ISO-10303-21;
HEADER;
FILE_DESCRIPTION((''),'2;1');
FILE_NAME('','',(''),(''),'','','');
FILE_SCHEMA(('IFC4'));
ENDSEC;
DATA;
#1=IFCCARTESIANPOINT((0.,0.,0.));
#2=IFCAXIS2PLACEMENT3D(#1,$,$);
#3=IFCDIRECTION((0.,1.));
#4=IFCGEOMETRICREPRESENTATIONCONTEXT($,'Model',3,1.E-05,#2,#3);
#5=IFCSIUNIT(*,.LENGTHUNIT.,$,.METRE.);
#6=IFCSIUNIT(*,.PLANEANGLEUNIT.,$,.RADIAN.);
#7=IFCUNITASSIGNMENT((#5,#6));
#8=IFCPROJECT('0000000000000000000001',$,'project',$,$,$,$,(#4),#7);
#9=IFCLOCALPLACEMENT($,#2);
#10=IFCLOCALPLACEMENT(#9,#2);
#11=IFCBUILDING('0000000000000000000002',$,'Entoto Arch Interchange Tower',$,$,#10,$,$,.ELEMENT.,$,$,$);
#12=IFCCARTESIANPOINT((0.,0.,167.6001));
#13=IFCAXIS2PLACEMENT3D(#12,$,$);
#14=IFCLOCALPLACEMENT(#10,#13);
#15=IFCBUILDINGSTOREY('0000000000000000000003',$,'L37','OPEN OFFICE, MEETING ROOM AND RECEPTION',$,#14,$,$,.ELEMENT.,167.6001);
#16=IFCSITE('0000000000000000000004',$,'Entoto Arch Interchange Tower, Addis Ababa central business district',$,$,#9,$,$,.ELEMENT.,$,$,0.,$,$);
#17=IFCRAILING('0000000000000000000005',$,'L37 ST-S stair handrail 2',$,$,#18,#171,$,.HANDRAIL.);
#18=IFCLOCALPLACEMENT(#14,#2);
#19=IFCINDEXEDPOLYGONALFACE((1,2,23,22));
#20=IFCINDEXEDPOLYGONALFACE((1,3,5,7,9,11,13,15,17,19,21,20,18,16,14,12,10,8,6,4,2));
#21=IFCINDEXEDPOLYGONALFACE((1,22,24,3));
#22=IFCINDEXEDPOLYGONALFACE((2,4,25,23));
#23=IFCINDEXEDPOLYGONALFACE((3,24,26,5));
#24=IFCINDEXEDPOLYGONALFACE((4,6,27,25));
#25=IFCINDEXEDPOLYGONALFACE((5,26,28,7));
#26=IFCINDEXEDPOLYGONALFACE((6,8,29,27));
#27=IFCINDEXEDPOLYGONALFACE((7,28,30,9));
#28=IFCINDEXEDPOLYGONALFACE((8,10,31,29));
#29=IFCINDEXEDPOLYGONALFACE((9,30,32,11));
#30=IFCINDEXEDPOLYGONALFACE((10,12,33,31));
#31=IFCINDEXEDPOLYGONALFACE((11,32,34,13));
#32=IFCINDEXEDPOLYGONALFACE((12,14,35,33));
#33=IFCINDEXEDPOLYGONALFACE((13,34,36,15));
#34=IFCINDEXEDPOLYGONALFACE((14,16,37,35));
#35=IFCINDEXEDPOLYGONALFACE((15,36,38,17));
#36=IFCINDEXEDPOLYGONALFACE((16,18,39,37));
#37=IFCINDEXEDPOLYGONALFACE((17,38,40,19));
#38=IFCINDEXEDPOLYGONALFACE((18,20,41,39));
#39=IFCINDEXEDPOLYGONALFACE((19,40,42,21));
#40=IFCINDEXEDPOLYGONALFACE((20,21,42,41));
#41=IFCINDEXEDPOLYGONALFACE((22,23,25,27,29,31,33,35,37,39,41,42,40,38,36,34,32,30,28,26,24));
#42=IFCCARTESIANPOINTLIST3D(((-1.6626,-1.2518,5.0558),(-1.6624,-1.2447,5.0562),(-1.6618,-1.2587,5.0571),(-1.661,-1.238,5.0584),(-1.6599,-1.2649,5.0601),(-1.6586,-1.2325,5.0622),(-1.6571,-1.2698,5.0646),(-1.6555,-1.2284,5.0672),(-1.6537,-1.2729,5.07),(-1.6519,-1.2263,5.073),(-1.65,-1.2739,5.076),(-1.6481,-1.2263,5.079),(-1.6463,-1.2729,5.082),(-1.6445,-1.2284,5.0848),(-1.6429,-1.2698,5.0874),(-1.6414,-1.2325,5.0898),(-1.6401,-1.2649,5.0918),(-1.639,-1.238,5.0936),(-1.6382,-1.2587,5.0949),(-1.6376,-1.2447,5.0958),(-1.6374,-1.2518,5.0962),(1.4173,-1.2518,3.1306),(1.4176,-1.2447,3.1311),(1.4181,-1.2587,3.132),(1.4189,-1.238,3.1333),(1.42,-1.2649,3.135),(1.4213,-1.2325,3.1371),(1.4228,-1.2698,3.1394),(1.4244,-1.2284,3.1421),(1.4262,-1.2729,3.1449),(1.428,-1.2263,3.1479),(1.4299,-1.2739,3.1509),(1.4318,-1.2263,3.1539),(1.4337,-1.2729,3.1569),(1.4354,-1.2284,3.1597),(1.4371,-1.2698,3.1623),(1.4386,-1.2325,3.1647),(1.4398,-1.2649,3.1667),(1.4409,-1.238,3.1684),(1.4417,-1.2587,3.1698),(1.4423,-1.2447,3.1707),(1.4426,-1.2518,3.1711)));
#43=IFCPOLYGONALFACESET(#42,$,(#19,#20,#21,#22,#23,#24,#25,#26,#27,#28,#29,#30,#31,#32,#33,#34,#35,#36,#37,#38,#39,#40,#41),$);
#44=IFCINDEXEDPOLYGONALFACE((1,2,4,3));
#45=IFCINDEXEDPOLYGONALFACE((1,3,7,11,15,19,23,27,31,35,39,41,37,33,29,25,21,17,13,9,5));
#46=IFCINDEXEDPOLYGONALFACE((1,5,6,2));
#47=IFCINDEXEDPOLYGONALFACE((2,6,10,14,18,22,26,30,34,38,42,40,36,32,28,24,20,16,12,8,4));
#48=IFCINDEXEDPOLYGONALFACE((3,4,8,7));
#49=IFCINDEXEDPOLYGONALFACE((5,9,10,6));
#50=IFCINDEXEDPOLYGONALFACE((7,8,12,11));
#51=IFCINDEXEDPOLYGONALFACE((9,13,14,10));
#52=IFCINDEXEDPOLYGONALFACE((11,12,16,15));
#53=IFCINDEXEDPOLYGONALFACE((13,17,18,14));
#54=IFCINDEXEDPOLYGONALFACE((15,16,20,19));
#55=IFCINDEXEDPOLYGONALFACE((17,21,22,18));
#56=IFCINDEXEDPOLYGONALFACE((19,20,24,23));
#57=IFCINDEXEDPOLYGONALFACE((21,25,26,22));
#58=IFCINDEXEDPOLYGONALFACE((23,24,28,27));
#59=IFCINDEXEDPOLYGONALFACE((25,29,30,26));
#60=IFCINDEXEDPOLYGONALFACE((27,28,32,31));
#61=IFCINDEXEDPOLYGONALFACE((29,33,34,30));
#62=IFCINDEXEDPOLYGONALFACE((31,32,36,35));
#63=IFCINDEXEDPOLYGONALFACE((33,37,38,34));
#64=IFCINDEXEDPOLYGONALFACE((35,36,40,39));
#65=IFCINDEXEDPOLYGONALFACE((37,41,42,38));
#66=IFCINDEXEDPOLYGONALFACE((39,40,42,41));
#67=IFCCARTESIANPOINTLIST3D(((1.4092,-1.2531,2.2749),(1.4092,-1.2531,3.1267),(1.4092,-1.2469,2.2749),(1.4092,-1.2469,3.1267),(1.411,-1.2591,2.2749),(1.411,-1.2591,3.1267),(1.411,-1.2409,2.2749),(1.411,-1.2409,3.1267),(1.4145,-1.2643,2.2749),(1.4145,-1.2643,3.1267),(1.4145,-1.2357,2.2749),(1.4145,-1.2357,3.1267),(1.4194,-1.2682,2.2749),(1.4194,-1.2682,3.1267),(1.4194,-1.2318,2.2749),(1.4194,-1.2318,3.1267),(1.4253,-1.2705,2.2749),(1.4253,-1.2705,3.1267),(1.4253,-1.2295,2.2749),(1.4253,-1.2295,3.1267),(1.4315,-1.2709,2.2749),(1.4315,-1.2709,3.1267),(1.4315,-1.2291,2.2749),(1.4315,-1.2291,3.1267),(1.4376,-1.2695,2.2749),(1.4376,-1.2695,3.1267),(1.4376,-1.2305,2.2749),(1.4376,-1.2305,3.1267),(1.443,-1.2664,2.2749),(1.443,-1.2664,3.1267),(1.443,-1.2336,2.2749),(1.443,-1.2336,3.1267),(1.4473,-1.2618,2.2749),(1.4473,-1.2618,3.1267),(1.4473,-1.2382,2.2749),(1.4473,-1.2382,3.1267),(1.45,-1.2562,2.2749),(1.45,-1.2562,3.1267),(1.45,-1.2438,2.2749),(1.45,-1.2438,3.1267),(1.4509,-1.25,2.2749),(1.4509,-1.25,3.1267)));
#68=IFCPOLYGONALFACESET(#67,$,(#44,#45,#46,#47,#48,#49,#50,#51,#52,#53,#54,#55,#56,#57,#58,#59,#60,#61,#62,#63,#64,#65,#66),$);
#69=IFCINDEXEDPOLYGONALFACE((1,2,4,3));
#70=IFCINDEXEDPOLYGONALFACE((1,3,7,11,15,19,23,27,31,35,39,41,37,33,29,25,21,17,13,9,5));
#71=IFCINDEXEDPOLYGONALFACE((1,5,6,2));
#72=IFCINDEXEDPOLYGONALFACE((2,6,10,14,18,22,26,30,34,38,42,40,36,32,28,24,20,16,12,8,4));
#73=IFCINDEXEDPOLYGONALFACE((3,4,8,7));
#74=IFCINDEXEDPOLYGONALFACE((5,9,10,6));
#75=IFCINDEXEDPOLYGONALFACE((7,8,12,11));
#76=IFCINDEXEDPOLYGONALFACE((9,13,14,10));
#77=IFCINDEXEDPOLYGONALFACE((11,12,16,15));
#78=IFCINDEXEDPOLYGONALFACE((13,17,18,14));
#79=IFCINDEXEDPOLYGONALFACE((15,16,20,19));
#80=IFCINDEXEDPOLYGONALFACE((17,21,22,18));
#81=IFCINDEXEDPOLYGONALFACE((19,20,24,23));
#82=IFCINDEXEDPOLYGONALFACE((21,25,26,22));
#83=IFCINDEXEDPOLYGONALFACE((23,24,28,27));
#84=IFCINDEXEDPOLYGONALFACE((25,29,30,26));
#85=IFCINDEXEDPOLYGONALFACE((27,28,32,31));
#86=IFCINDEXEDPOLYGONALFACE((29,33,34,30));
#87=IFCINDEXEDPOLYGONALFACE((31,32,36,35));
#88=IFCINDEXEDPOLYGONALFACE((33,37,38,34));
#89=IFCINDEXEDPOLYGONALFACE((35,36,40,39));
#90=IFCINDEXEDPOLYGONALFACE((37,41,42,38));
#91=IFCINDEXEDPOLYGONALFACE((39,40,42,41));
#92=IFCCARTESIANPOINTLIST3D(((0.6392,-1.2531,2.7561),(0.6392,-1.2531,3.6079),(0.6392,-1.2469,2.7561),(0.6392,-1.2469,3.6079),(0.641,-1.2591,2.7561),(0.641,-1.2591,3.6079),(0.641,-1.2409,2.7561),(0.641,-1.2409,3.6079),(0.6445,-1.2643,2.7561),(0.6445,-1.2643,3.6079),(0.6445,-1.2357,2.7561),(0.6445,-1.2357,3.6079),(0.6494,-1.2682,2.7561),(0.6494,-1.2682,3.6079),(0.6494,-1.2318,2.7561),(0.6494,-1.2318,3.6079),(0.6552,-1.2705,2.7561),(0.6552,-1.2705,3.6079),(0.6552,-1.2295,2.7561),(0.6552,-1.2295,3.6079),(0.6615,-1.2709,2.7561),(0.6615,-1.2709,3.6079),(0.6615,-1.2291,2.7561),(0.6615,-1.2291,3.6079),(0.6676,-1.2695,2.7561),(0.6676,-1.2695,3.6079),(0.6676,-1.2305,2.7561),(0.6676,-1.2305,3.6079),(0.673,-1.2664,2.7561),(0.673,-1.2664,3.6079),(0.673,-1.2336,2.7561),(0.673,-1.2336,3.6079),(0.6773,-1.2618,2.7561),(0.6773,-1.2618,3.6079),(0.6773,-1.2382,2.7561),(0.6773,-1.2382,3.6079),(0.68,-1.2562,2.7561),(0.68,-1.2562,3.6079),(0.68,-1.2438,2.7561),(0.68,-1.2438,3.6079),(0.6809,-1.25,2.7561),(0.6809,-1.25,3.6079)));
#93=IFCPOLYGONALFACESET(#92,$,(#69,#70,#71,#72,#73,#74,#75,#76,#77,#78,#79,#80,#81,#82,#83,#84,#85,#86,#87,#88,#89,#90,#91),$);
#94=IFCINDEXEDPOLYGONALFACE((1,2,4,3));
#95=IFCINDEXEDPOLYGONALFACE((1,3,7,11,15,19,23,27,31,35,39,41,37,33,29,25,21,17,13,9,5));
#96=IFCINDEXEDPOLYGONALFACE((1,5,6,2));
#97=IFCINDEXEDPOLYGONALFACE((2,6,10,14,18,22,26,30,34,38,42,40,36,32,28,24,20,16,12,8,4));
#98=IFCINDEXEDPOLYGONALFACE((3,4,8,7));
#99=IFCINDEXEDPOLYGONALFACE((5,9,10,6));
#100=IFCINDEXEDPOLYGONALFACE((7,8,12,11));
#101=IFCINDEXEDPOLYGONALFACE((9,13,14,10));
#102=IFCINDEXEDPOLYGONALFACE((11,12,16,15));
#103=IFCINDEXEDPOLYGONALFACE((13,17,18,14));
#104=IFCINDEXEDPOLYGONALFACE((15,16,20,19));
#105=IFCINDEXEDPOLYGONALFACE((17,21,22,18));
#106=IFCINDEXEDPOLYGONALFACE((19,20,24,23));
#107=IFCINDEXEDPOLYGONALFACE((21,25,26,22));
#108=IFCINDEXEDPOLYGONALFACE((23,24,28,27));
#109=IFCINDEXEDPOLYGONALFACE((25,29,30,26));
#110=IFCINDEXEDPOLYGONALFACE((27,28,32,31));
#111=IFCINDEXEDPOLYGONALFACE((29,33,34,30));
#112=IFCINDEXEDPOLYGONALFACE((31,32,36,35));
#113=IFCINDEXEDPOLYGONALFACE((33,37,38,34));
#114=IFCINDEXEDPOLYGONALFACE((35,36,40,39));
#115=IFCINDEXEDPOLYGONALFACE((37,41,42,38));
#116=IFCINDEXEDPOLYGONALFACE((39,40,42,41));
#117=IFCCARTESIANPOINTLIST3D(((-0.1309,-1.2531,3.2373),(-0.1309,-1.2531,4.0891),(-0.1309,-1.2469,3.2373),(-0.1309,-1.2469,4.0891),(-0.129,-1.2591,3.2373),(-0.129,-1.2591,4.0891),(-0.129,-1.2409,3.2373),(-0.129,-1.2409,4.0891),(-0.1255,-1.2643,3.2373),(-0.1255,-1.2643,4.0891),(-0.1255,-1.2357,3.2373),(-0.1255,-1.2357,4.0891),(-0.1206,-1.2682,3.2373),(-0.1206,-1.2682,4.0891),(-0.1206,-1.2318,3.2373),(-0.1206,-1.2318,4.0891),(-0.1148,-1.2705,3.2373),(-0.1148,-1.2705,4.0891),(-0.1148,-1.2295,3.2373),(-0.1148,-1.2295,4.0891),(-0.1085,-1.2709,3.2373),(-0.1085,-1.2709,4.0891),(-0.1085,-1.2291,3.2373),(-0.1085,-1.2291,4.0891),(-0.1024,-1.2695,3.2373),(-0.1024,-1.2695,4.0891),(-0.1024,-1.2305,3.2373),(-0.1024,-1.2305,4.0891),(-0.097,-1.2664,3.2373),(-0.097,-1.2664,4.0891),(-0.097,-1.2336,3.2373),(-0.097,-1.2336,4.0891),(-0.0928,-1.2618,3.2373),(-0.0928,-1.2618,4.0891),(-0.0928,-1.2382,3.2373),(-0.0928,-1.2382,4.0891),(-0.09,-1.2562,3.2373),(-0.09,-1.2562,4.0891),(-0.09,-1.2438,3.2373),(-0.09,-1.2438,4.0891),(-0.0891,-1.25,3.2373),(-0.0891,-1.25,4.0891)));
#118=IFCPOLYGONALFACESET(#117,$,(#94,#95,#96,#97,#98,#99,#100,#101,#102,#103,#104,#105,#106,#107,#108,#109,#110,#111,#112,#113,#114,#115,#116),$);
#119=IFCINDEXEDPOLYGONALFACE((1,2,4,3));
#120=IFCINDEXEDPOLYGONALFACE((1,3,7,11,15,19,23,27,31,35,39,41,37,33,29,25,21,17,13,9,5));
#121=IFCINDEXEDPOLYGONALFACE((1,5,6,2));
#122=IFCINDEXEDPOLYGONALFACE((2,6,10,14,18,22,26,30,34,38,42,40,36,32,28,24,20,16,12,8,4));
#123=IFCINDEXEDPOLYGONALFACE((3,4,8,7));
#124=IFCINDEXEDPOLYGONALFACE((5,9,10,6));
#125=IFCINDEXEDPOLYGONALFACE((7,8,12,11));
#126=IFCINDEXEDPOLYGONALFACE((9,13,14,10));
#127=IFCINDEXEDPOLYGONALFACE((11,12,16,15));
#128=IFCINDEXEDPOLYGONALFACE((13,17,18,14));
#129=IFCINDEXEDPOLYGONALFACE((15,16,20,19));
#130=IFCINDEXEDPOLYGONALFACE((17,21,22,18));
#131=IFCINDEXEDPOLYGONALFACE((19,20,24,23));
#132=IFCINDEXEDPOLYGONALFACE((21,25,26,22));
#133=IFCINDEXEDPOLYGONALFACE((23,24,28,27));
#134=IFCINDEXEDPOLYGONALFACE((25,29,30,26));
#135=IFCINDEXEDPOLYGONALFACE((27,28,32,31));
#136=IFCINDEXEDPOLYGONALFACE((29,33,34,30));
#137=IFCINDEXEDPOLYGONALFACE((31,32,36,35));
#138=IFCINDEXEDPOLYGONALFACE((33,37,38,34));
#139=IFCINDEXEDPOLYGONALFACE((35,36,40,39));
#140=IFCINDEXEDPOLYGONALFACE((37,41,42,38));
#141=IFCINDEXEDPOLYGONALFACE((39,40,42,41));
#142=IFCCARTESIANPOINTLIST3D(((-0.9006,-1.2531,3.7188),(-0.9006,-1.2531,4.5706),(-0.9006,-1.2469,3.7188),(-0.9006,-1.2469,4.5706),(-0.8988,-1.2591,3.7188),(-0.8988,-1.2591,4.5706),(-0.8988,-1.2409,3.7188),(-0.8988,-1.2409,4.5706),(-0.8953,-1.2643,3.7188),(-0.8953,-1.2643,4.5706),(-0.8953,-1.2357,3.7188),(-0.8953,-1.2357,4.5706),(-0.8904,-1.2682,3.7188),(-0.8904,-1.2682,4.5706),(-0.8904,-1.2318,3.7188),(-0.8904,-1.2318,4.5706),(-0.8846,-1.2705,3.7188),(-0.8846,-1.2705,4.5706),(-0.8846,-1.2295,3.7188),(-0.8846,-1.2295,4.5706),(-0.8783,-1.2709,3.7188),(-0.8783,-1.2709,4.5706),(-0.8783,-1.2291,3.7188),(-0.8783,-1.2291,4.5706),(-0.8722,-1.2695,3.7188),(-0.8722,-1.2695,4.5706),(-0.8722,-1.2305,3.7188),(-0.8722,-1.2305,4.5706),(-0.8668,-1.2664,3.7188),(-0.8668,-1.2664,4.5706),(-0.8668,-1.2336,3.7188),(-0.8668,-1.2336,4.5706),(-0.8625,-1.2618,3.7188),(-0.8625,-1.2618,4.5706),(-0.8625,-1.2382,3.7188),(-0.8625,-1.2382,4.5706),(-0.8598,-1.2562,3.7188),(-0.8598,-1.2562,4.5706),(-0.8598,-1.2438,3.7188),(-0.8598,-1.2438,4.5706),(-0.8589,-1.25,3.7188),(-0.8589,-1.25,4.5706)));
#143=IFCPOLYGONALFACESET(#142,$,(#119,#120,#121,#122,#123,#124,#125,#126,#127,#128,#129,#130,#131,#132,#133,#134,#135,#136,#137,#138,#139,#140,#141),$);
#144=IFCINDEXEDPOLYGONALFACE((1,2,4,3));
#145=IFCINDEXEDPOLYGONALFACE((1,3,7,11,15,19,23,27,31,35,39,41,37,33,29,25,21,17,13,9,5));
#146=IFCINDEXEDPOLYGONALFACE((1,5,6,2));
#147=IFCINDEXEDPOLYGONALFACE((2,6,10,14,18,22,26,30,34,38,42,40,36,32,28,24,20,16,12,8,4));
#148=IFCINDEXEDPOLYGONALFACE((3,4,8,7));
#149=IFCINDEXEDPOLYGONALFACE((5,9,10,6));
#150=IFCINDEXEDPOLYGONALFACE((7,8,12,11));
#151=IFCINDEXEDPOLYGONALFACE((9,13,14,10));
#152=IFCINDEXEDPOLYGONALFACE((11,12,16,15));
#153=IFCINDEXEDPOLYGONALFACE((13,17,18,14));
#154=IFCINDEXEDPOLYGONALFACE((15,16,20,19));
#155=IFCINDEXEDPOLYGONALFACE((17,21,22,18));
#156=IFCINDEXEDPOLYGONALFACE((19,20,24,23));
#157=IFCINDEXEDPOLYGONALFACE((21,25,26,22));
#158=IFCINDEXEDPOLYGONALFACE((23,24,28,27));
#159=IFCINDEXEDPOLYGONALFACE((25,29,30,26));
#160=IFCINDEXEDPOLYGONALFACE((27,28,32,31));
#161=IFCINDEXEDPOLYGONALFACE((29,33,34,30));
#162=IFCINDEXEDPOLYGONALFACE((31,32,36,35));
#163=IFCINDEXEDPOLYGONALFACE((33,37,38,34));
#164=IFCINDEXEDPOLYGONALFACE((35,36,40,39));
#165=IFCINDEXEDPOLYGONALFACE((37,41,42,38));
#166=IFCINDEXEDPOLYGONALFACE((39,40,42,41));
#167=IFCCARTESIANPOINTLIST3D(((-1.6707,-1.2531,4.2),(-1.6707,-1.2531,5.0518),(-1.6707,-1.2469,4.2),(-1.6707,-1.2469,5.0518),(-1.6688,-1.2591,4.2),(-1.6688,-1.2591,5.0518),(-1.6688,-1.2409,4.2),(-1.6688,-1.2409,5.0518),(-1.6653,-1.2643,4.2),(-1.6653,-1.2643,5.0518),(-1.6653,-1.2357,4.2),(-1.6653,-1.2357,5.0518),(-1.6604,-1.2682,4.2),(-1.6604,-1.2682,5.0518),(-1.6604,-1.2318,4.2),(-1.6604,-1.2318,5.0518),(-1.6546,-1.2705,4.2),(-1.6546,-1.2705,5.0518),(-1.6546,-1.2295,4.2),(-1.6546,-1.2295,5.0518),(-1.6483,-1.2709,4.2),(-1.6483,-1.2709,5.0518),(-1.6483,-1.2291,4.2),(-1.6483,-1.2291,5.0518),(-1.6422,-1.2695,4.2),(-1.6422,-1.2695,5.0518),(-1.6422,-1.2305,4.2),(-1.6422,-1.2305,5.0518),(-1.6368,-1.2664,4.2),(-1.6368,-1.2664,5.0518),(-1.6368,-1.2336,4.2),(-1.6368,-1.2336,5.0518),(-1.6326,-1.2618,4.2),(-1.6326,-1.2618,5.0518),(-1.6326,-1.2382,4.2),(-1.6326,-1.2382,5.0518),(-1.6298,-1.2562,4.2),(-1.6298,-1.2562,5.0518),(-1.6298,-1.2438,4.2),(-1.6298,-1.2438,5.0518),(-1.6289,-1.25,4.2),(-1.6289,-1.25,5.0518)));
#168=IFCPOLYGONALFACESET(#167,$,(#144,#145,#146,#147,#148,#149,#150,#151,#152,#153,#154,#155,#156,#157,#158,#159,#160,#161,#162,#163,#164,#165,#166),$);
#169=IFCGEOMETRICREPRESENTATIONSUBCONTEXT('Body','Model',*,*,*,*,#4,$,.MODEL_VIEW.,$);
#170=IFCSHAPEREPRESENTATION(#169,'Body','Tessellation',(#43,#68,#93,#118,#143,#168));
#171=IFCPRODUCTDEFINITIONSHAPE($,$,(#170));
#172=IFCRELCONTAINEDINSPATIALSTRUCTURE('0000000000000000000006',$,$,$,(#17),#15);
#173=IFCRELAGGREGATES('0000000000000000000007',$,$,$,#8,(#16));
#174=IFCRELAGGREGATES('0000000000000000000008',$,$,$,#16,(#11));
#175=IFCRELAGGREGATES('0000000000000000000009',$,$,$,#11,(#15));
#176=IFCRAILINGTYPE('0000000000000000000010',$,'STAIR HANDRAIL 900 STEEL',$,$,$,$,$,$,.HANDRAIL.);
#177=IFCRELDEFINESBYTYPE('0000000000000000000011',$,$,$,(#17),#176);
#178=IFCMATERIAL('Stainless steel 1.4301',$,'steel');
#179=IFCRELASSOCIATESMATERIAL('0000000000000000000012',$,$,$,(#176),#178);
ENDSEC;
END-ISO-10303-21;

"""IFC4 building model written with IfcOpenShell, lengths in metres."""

from ifc_helpers import new_model, si_unit, direction, frame, origin, origin_2d, place, context, subcontext, project, spatial, circle, extrude, material, type_object, element, save


model = new_model("IFC4")

# Units and contexts
model_context = context("Model", 3, precision=1e-05, world=origin(), true_north=direction((0.0, 1.0)))
body_context = subcontext(model_context, "Body", "Model", "MODEL_VIEW")
ifc_project = project(units=[si_unit("LENGTHUNIT", "METRE"), si_unit("PLANEANGLEUNIT", "RADIAN")], contexts=[model_context])

# Site, building, storey
site_placement = place(None, origin())
site = spatial("IfcSite", under=ifc_project, at=site_placement, Name="Entoto Arch Interchange Tower, Addis Ababa central business district", CompositionType="ELEMENT", RefElevation=0.0)
building_placement = place(site_placement, origin())
building = spatial("IfcBuilding", under=site, at=building_placement, Name="Entoto Arch Interchange Tower", CompositionType="ELEMENT")
storey_placement = place(building_placement, frame((0.0, 0.0, 167.6001)))
storey = spatial("IfcBuildingStorey", under=building, at=storey_placement, Name="L37", Description="OPEN OFFICE, MEETING ROOM AND RECEPTION", CompositionType="ELEMENT", Elevation=167.6001)

# Railing
ifc_material_1 = material(Name="Stainless steel 1.4301", Category="steel")
railing_type_1 = type_object("IfcRailingType", Name="STAIR HANDRAIL 900 STEEL", PredefinedType="HANDRAIL", material=ifc_material_1)
railing_1_placement = place(storey_placement, frame((1.4299, -1.25, 2.2749)))
element("IfcRailing", 1, at=railing_1_placement, inside=storey, type_object=railing_type_1, Name="L37 ST-S stair handrail 2", PredefinedType="HANDRAIL", context=body_context, shape_type="SweptSolid", body=[
    extrude(circle(Radius=0.0239, at=origin_2d()), frame((0.0, 0.0, 0.876), z_axis=(-0.847979, 0.0, 0.530029), x_axis=(0.0, -1.0, 0.0)), (0.0, 0.0, 1.0), 3.6321),
    extrude(circle(Radius=0.021, at=origin_2d()), origin(), (0.0, 0.0, 1.0), 0.8518),
    extrude(circle(Radius=0.021, at=origin_2d()), frame((-0.77, 0.0, 0.4812)), (0.0, 0.0, 1.0), 0.8518),
    extrude(circle(Radius=0.021, at=origin_2d()), frame((-1.54, 0.0, 0.9624)), (0.0, 0.0, 1.0), 0.8518),
    extrude(circle(Radius=0.021, at=origin_2d()), frame((-2.3098, 0.0, 1.4438)), (0.0, 0.0, 1.0), 0.8518),
    extrude(circle(Radius=0.021, at=origin_2d()), frame((-3.0798, 0.0, 1.925)), (0.0, 0.0, 1.0), 0.8518),
])

save(model, "model.ifc")
